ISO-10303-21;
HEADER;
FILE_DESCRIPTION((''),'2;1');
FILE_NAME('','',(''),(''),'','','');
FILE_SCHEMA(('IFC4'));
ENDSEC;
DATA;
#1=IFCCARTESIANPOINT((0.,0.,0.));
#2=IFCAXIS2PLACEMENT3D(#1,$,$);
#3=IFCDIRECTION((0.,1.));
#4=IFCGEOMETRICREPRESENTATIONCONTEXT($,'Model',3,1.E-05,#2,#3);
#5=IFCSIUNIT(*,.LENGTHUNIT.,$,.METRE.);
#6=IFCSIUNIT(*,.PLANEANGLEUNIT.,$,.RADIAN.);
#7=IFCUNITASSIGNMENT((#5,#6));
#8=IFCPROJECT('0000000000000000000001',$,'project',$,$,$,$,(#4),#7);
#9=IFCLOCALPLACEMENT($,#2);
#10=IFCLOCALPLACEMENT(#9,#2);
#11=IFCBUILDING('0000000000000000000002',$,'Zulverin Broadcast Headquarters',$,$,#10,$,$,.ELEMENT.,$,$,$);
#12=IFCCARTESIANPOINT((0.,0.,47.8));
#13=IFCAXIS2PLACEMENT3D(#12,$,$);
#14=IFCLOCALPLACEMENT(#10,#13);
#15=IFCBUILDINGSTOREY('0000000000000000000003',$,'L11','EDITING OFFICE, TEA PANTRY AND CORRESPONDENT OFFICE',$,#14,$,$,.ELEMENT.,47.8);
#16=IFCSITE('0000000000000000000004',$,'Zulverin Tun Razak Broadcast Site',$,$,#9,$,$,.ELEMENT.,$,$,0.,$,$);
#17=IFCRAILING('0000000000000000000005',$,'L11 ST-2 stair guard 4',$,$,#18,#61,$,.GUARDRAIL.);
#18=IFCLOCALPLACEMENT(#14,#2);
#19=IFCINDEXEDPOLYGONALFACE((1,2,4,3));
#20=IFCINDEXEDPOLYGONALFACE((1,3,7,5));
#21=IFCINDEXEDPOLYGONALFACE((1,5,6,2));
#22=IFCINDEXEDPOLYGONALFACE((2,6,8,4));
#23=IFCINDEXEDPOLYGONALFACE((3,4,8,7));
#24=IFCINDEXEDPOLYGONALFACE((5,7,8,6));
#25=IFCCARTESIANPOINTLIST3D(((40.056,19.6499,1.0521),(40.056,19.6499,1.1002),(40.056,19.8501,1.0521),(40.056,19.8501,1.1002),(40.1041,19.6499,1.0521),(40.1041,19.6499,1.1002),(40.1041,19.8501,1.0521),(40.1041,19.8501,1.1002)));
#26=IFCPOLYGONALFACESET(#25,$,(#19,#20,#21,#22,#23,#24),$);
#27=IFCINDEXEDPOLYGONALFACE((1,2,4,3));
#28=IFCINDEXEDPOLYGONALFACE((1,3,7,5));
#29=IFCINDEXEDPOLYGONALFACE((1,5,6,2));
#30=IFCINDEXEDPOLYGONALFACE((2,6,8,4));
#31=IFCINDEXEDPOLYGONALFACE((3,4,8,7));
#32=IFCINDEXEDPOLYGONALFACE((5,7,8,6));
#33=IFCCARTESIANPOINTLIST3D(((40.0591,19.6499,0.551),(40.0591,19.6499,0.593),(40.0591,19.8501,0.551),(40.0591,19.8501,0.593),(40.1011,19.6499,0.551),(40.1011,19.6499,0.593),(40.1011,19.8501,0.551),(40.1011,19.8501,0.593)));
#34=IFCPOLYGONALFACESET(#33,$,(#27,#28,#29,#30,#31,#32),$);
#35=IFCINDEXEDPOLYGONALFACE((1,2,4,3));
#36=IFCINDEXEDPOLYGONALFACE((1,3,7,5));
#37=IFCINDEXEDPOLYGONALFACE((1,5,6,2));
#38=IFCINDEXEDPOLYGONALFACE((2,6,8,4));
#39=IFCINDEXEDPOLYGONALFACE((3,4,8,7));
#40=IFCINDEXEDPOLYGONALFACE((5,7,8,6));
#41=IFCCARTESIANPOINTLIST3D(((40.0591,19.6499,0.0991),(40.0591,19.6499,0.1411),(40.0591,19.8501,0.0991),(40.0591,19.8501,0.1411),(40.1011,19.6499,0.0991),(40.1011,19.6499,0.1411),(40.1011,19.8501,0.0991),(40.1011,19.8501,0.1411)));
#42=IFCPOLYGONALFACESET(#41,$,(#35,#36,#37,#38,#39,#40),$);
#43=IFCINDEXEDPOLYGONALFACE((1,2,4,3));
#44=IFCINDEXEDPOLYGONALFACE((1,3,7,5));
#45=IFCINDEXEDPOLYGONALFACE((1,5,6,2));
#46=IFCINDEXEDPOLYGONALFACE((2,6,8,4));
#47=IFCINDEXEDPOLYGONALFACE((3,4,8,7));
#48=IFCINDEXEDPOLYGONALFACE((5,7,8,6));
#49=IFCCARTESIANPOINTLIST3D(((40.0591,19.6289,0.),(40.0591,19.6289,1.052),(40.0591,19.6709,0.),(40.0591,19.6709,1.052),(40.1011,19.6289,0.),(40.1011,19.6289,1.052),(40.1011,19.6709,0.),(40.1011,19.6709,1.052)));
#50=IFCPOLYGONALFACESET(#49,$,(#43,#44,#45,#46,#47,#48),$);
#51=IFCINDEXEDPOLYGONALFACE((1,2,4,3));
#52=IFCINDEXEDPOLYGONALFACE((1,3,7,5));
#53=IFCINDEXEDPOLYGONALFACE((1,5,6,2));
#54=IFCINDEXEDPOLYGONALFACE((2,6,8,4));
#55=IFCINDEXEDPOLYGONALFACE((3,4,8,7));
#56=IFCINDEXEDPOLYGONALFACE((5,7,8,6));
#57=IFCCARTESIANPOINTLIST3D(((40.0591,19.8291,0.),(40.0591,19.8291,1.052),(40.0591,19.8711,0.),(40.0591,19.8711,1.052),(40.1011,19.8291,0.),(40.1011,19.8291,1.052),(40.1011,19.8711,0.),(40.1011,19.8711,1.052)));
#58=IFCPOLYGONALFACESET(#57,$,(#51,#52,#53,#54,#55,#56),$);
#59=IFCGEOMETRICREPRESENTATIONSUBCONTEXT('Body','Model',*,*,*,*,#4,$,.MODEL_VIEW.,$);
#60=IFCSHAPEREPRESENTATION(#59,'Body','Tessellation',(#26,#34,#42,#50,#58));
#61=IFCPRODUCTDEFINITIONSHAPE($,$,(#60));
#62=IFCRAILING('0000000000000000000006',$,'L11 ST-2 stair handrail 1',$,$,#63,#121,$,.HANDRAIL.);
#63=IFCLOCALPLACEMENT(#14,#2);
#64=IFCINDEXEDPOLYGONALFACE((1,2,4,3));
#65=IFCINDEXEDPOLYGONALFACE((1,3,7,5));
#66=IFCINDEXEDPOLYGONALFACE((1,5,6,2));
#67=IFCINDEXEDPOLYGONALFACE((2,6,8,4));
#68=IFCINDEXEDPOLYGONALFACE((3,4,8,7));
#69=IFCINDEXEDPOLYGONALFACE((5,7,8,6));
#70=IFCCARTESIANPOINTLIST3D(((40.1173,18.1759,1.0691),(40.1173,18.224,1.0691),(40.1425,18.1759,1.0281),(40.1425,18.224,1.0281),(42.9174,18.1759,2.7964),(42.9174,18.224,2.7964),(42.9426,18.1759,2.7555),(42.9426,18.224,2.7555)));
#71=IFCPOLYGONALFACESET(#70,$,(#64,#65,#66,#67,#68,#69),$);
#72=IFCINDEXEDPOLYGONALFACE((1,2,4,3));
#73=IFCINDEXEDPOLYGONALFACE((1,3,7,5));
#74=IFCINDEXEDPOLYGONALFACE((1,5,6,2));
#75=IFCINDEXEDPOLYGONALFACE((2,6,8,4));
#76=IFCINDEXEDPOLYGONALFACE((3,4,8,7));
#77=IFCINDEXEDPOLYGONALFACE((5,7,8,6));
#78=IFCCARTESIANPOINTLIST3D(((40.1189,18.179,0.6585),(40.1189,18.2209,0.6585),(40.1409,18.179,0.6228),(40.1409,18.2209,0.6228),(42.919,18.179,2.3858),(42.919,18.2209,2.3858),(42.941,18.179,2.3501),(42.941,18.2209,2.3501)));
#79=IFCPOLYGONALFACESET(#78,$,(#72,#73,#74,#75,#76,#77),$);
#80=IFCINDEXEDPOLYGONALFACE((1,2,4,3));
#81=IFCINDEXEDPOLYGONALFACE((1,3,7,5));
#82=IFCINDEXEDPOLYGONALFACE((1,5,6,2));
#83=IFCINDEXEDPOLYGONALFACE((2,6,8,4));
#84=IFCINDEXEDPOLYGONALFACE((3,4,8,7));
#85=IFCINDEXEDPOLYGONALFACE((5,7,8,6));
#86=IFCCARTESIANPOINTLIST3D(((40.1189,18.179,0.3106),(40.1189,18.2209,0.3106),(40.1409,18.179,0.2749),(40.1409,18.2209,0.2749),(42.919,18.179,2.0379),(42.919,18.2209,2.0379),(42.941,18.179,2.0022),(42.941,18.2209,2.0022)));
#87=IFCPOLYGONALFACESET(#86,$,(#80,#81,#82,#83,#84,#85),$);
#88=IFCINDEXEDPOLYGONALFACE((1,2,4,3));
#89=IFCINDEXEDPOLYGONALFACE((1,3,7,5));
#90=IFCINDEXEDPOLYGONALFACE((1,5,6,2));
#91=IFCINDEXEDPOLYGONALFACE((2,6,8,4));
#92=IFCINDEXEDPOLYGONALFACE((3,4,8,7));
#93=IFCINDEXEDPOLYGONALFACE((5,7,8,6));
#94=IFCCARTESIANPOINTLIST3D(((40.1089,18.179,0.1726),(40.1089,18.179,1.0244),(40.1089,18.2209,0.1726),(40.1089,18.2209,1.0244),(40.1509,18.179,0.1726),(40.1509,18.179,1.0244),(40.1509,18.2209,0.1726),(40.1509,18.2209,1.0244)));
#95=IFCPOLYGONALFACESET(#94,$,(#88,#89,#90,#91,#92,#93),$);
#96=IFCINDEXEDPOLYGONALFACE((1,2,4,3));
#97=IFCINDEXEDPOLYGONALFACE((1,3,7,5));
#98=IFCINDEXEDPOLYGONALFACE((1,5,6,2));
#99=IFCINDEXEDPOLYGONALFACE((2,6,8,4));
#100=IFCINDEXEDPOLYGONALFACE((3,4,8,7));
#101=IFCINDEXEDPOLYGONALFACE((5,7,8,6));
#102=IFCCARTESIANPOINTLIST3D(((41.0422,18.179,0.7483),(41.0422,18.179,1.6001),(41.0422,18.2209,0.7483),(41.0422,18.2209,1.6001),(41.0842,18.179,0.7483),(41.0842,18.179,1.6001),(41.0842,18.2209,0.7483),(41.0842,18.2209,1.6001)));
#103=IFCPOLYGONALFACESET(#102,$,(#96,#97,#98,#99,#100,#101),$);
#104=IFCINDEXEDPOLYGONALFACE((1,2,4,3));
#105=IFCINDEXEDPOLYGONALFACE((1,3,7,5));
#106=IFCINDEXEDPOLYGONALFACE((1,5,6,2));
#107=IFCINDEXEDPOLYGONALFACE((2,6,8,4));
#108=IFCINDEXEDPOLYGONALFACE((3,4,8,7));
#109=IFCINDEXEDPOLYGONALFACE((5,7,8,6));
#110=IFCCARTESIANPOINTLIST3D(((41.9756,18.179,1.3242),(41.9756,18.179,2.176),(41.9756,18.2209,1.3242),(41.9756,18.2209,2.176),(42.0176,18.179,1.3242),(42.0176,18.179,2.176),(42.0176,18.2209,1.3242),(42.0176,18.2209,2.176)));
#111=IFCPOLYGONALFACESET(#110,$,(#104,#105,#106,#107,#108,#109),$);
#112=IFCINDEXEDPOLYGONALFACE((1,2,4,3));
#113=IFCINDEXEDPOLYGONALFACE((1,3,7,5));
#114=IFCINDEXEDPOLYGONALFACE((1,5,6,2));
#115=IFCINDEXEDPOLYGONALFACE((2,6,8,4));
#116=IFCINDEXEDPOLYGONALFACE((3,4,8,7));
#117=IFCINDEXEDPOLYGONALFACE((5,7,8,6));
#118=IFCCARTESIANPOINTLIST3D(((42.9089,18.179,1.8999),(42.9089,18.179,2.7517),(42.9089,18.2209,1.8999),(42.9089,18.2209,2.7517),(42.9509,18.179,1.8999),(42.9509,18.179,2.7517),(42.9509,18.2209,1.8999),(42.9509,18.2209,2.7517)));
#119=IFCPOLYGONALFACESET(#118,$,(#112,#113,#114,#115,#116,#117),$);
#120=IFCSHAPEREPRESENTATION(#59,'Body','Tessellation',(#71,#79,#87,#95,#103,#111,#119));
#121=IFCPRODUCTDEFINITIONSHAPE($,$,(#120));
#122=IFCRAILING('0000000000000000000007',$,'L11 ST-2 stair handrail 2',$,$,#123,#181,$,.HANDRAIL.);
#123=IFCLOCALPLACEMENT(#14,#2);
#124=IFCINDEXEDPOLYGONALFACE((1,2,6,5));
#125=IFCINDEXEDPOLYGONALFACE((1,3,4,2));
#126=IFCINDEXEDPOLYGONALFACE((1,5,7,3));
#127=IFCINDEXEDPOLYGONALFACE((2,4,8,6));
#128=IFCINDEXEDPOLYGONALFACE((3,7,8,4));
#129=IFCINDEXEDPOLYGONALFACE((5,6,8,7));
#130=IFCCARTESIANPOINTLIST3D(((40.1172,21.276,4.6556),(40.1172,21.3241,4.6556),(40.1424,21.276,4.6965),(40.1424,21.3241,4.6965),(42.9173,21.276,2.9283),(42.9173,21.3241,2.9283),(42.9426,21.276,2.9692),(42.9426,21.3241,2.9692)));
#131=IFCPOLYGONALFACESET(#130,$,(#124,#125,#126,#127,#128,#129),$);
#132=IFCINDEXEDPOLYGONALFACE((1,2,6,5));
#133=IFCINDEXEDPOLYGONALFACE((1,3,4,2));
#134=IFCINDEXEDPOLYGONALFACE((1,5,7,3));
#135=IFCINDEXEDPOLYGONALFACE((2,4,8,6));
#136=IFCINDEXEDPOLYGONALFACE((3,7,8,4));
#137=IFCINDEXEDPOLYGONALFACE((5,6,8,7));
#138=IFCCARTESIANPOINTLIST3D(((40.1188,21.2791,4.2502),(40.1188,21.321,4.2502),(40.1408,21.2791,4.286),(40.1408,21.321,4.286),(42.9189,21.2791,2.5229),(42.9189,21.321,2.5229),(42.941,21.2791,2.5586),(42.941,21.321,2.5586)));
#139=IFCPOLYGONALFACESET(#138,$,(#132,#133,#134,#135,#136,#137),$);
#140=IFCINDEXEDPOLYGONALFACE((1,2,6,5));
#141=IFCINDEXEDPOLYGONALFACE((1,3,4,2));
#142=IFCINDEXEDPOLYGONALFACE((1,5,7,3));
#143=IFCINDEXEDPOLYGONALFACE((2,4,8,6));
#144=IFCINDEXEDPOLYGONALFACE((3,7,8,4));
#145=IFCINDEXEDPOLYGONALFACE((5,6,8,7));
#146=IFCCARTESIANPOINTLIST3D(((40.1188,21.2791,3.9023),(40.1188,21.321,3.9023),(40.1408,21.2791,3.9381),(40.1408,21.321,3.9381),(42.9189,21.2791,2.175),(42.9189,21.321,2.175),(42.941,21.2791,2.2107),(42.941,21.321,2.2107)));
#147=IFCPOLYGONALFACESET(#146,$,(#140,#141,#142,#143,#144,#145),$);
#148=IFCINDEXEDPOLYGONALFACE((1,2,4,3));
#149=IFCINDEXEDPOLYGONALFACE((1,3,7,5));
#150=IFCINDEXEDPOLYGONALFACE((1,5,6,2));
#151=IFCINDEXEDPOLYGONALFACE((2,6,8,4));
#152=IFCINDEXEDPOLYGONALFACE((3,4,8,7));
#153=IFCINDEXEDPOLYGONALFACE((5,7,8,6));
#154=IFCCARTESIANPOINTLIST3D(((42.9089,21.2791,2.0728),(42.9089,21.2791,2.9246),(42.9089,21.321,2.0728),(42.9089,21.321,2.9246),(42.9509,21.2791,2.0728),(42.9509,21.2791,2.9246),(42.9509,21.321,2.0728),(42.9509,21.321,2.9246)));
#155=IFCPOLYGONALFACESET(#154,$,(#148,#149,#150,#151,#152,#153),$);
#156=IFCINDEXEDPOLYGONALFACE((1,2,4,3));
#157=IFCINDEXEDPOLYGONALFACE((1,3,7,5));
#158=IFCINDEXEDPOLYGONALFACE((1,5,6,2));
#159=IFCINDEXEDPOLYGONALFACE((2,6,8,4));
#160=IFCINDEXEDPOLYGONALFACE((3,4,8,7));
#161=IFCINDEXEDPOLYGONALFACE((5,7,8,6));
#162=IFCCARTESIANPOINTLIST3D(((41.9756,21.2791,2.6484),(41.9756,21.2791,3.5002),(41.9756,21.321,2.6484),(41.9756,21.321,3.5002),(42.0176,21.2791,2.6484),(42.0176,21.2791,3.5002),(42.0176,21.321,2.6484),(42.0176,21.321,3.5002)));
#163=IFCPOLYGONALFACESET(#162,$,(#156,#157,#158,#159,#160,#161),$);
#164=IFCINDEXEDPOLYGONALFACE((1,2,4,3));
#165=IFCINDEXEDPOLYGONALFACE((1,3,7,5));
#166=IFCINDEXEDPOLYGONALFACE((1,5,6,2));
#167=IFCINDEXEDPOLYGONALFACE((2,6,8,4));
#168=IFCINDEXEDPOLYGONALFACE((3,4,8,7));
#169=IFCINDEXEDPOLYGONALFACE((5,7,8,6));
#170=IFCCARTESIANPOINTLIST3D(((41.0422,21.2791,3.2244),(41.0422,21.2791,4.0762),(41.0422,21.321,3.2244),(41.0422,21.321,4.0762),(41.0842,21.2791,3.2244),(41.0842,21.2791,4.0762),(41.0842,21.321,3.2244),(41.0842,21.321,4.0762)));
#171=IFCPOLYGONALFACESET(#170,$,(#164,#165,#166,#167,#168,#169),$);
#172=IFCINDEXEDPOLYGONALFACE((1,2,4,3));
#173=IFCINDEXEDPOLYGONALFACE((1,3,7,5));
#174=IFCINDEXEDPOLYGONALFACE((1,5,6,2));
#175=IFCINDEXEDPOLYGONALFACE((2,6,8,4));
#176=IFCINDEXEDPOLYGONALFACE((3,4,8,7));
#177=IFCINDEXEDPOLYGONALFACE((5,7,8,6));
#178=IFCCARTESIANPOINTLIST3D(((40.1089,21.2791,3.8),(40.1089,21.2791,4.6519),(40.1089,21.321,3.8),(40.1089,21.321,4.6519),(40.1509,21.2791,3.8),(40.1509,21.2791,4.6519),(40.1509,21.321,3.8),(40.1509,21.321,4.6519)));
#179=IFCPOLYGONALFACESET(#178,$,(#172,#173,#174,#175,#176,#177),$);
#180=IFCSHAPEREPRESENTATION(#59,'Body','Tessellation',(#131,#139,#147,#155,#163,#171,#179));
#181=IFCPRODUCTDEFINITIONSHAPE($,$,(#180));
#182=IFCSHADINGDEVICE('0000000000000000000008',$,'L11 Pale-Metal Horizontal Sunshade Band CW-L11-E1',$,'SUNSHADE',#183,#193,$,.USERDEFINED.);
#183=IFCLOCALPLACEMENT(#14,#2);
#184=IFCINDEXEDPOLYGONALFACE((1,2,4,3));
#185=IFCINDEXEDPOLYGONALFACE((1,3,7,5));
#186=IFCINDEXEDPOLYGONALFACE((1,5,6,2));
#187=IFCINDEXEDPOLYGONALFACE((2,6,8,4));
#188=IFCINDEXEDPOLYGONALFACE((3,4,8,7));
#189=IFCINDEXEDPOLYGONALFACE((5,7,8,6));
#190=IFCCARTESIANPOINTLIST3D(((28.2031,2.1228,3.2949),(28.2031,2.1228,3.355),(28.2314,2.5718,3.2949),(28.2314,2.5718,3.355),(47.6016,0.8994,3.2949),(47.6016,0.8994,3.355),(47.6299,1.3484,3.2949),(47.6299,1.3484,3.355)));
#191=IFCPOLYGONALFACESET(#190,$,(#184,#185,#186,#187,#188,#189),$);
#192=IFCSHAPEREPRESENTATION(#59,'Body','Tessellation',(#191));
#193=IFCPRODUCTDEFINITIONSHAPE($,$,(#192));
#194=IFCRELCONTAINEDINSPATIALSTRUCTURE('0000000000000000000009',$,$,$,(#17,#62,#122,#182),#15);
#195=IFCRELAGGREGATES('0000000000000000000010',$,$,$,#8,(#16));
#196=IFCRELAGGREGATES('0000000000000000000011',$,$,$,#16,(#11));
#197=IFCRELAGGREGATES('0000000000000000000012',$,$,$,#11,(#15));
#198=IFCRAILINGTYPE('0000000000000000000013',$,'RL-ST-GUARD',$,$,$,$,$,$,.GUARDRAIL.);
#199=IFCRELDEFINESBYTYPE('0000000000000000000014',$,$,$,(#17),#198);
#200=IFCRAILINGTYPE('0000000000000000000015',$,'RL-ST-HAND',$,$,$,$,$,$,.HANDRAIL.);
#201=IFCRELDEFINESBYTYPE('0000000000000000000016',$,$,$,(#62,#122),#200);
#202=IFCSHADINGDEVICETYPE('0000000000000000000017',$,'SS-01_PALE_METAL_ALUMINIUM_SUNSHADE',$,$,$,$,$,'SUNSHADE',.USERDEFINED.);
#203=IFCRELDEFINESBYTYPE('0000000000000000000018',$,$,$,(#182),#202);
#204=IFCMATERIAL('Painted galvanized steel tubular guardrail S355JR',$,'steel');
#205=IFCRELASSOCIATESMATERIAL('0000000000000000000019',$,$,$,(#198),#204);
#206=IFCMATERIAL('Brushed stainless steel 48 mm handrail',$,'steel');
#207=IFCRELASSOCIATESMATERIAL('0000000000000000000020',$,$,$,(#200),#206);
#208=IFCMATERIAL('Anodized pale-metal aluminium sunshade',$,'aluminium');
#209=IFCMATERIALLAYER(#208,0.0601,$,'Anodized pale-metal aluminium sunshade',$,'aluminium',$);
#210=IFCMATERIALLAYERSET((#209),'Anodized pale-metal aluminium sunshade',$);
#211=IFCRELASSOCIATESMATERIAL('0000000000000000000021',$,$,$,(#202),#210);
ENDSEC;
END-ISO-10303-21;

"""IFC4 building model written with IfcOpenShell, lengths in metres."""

from ifc_helpers import new_model, si_unit, direction, frame, origin, origin_2d, place, context, subcontext, project, spatial, rectangle, extrude, material, layer, layer_set, type_object, element, save


model = new_model("IFC4")

# Units and contexts
model_context = context("Model", 3, precision=1e-05, world=origin(), true_north=direction((0.0, 1.0)))
body_context = subcontext(model_context, "Body", "Model", "MODEL_VIEW")
ifc_project = project(units=[si_unit("LENGTHUNIT", "METRE"), si_unit("PLANEANGLEUNIT", "RADIAN")], contexts=[model_context])

# Site, building, storey
site_placement = place(None, origin())
site = spatial("IfcSite", under=ifc_project, at=site_placement, Name="Zulverin Tun Razak Broadcast Site", CompositionType="ELEMENT", RefElevation=0.0)
building_placement = place(site_placement, origin())
building = spatial("IfcBuilding", under=site, at=building_placement, Name="Zulverin Broadcast Headquarters", CompositionType="ELEMENT")
storey_placement = place(building_placement, frame((0.0, 0.0, 47.8)))
storey = spatial("IfcBuildingStorey", under=building, at=storey_placement, Name="L11", Description="EDITING OFFICE, TEA PANTRY AND CORRESPONDENT OFFICE", CompositionType="ELEMENT", Elevation=47.8)

# Railings
ifc_material_1 = material(Name="Painted galvanized steel tubular guardrail S355JR", Category="steel")
railing_type_1 = type_object("IfcRailingType", Name="RL-ST-GUARD", PredefinedType="GUARDRAIL", material=ifc_material_1)
railing_1_placement = place(storey_placement, frame((40.0801, 19.6499, 0.0)))
element("IfcRailing", 1, at=railing_1_placement, inside=storey, type_object=railing_type_1, Name="L11 ST-2 stair guard 4", PredefinedType="GUARDRAIL", context=body_context, shape_type="SweptSolid", body=[
    extrude(rectangle(XDim=0.0481, YDim=0.0481, at=origin_2d()), frame((0.0, 0.0, 1.0762), z_axis=(0.0, 1.0, 0.0), x_axis=(-1.0, 0.0, 0.0)), (0.0, 0.0, 1.0), 0.2002),
    extrude(rectangle(XDim=0.042, YDim=0.042, at=origin_2d()), frame((0.0, 0.0, 0.572), z_axis=(0.0, 1.0, 0.0), x_axis=(-1.0, 0.0, 0.0)), (0.0, 0.0, 1.0), 0.2002),
    extrude(rectangle(XDim=0.042, YDim=0.042, at=origin_2d()), frame((0.0, 0.0, 0.1201), z_axis=(0.0, 1.0, 0.0), x_axis=(-1.0, 0.0, 0.0)), (0.0, 0.0, 1.0), 0.2002),
    extrude(rectangle(XDim=0.042, YDim=0.042, at=origin_2d()), origin(), (0.0, 0.0, 1.0), 1.052),
    extrude(rectangle(XDim=0.042, YDim=0.042, at=origin_2d()), frame((0.0, 0.2002, 0.0)), (0.0, 0.0, 1.0), 1.052),
])
ifc_material_2 = material(Name="Brushed stainless steel 48 mm handrail", Category="steel")
railing_type_2 = type_object("IfcRailingType", Name="RL-ST-HAND", PredefinedType="HANDRAIL", material=ifc_material_2)
railing_2_placement = place(storey_placement, frame((40.1299, 18.2, 0.1726)))
element("IfcRailing", 2, at=railing_2_placement, inside=storey, type_object=railing_type_2, Name="L11 ST-2 stair handrail 1", PredefinedType="HANDRAIL", context=body_context, shape_type="SweptSolid", body=[
    extrude(rectangle(XDim=0.0481, YDim=0.0481, at=origin_2d()), frame((0.0, 0.0, 0.876), z_axis=(0.85109, 0.0, 0.52502), x_axis=(0.0, 1.0, 0.0)), (0.0, 0.0, 1.0), 3.29),
    extrude(rectangle(XDim=0.042, YDim=0.042, at=origin_2d()), frame((0.0, 0.0, 0.468), z_axis=(0.85109, 0.0, 0.52502), x_axis=(0.0, 1.0, 0.0)), (0.0, 0.0, 1.0), 3.29),
    extrude(rectangle(XDim=0.042, YDim=0.042, at=origin_2d()), frame((0.0, 0.0, 0.1201), z_axis=(0.85109, 0.0, 0.52502), x_axis=(0.0, 1.0, 0.0)), (0.0, 0.0, 1.0), 3.29),
    extrude(rectangle(XDim=0.042, YDim=0.042, at=origin_2d()), origin(), (0.0, 0.0, 1.0), 0.8518),
    extrude(rectangle(XDim=0.042, YDim=0.042, at=origin_2d()), frame((0.9333, 0.0, 0.5757)), (0.0, 0.0, 1.0), 0.8518),
    extrude(rectangle(XDim=0.042, YDim=0.042, at=origin_2d()), frame((1.8667, 0.0, 1.1516)), (0.0, 0.0, 1.0), 0.8518),
    extrude(rectangle(XDim=0.042, YDim=0.042, at=origin_2d()), frame((2.8, 0.0, 1.7273)), (0.0, 0.0, 1.0), 0.8518),
])
railing_3_placement = place(storey_placement, frame((42.9299, 21.3, 2.0728)))
element("IfcRailing", 3, at=railing_3_placement, inside=storey, type_object=railing_type_2, Name="L11 ST-2 stair handrail 2", PredefinedType="HANDRAIL", context=body_context, shape_type="SweptSolid", body=[
    extrude(rectangle(XDim=0.0481, YDim=0.0481, at=origin_2d()), frame((0.0, 0.0, 0.876), z_axis=(-0.85109, 0.0, 0.52502), x_axis=(0.0, -1.0, 0.0)), (0.0, 0.0, 1.0), 3.29),
    extrude(rectangle(XDim=0.042, YDim=0.042, at=origin_2d()), frame((0.0, 0.0, 0.468), z_axis=(-0.85109, 0.0, 0.52502), x_axis=(0.0, -1.0, 0.0)), (0.0, 0.0, 1.0), 3.29),
    extrude(rectangle(XDim=0.042, YDim=0.042, at=origin_2d()), frame((0.0, 0.0, 0.1201), z_axis=(-0.85109, 0.0, 0.52502), x_axis=(0.0, -1.0, 0.0)), (0.0, 0.0, 1.0), 3.29),
    extrude(rectangle(XDim=0.042, YDim=0.042, at=origin_2d()), origin(), (0.0, 0.0, 1.0), 0.8518),
    extrude(rectangle(XDim=0.042, YDim=0.042, at=origin_2d()), frame((-0.9333, 0.0, 0.5757)), (0.0, 0.0, 1.0), 0.8518),
    extrude(rectangle(XDim=0.042, YDim=0.042, at=origin_2d()), frame((-1.8667, 0.0, 1.1516)), (0.0, 0.0, 1.0), 0.8518),
    extrude(rectangle(XDim=0.042, YDim=0.042, at=origin_2d()), frame((-2.8, 0.0, 1.7273)), (0.0, 0.0, 1.0), 0.8518),
])

# Shading device
ifc_material_3 = material(Name="Anodized pale-metal aluminium sunshade", Category="aluminium")
ifc_layer_1 = layer(ifc_material_3, 0.0601, Name="Anodized pale-metal aluminium sunshade", Category="aluminium")
ifc_layer_set_1 = layer_set([ifc_layer_1], Name="Anodized pale-metal aluminium sunshade")
shading_device_type = type_object("IfcShadingDeviceType", Name="SS-01_PALE_METAL_ALUMINIUM_SUNSHADE", ElementType="SUNSHADE", PredefinedType="USERDEFINED", material=ifc_layer_set_1)
shading_device_placement = place(storey_placement, frame((37.9165, 1.7356, 3.2949), z_axis=(0.0, 0.0, 1.0), x_axis=(0.998017, -0.062942, 0.0)))
element("IfcShadingDevice", 4, at=shading_device_placement, inside=storey, type_object=shading_device_type, Name="L11 Pale-Metal Horizontal Sunshade Band CW-L11-E1", ObjectType="SUNSHADE", PredefinedType="USERDEFINED", context=body_context, shape_type="SweptSolid", body=[
    extrude(rectangle(XDim=19.437, YDim=0.45, at=origin_2d()), origin(), (0.0, 0.0, 1.0), 0.0601),
])

save(model, "model.ifc")
